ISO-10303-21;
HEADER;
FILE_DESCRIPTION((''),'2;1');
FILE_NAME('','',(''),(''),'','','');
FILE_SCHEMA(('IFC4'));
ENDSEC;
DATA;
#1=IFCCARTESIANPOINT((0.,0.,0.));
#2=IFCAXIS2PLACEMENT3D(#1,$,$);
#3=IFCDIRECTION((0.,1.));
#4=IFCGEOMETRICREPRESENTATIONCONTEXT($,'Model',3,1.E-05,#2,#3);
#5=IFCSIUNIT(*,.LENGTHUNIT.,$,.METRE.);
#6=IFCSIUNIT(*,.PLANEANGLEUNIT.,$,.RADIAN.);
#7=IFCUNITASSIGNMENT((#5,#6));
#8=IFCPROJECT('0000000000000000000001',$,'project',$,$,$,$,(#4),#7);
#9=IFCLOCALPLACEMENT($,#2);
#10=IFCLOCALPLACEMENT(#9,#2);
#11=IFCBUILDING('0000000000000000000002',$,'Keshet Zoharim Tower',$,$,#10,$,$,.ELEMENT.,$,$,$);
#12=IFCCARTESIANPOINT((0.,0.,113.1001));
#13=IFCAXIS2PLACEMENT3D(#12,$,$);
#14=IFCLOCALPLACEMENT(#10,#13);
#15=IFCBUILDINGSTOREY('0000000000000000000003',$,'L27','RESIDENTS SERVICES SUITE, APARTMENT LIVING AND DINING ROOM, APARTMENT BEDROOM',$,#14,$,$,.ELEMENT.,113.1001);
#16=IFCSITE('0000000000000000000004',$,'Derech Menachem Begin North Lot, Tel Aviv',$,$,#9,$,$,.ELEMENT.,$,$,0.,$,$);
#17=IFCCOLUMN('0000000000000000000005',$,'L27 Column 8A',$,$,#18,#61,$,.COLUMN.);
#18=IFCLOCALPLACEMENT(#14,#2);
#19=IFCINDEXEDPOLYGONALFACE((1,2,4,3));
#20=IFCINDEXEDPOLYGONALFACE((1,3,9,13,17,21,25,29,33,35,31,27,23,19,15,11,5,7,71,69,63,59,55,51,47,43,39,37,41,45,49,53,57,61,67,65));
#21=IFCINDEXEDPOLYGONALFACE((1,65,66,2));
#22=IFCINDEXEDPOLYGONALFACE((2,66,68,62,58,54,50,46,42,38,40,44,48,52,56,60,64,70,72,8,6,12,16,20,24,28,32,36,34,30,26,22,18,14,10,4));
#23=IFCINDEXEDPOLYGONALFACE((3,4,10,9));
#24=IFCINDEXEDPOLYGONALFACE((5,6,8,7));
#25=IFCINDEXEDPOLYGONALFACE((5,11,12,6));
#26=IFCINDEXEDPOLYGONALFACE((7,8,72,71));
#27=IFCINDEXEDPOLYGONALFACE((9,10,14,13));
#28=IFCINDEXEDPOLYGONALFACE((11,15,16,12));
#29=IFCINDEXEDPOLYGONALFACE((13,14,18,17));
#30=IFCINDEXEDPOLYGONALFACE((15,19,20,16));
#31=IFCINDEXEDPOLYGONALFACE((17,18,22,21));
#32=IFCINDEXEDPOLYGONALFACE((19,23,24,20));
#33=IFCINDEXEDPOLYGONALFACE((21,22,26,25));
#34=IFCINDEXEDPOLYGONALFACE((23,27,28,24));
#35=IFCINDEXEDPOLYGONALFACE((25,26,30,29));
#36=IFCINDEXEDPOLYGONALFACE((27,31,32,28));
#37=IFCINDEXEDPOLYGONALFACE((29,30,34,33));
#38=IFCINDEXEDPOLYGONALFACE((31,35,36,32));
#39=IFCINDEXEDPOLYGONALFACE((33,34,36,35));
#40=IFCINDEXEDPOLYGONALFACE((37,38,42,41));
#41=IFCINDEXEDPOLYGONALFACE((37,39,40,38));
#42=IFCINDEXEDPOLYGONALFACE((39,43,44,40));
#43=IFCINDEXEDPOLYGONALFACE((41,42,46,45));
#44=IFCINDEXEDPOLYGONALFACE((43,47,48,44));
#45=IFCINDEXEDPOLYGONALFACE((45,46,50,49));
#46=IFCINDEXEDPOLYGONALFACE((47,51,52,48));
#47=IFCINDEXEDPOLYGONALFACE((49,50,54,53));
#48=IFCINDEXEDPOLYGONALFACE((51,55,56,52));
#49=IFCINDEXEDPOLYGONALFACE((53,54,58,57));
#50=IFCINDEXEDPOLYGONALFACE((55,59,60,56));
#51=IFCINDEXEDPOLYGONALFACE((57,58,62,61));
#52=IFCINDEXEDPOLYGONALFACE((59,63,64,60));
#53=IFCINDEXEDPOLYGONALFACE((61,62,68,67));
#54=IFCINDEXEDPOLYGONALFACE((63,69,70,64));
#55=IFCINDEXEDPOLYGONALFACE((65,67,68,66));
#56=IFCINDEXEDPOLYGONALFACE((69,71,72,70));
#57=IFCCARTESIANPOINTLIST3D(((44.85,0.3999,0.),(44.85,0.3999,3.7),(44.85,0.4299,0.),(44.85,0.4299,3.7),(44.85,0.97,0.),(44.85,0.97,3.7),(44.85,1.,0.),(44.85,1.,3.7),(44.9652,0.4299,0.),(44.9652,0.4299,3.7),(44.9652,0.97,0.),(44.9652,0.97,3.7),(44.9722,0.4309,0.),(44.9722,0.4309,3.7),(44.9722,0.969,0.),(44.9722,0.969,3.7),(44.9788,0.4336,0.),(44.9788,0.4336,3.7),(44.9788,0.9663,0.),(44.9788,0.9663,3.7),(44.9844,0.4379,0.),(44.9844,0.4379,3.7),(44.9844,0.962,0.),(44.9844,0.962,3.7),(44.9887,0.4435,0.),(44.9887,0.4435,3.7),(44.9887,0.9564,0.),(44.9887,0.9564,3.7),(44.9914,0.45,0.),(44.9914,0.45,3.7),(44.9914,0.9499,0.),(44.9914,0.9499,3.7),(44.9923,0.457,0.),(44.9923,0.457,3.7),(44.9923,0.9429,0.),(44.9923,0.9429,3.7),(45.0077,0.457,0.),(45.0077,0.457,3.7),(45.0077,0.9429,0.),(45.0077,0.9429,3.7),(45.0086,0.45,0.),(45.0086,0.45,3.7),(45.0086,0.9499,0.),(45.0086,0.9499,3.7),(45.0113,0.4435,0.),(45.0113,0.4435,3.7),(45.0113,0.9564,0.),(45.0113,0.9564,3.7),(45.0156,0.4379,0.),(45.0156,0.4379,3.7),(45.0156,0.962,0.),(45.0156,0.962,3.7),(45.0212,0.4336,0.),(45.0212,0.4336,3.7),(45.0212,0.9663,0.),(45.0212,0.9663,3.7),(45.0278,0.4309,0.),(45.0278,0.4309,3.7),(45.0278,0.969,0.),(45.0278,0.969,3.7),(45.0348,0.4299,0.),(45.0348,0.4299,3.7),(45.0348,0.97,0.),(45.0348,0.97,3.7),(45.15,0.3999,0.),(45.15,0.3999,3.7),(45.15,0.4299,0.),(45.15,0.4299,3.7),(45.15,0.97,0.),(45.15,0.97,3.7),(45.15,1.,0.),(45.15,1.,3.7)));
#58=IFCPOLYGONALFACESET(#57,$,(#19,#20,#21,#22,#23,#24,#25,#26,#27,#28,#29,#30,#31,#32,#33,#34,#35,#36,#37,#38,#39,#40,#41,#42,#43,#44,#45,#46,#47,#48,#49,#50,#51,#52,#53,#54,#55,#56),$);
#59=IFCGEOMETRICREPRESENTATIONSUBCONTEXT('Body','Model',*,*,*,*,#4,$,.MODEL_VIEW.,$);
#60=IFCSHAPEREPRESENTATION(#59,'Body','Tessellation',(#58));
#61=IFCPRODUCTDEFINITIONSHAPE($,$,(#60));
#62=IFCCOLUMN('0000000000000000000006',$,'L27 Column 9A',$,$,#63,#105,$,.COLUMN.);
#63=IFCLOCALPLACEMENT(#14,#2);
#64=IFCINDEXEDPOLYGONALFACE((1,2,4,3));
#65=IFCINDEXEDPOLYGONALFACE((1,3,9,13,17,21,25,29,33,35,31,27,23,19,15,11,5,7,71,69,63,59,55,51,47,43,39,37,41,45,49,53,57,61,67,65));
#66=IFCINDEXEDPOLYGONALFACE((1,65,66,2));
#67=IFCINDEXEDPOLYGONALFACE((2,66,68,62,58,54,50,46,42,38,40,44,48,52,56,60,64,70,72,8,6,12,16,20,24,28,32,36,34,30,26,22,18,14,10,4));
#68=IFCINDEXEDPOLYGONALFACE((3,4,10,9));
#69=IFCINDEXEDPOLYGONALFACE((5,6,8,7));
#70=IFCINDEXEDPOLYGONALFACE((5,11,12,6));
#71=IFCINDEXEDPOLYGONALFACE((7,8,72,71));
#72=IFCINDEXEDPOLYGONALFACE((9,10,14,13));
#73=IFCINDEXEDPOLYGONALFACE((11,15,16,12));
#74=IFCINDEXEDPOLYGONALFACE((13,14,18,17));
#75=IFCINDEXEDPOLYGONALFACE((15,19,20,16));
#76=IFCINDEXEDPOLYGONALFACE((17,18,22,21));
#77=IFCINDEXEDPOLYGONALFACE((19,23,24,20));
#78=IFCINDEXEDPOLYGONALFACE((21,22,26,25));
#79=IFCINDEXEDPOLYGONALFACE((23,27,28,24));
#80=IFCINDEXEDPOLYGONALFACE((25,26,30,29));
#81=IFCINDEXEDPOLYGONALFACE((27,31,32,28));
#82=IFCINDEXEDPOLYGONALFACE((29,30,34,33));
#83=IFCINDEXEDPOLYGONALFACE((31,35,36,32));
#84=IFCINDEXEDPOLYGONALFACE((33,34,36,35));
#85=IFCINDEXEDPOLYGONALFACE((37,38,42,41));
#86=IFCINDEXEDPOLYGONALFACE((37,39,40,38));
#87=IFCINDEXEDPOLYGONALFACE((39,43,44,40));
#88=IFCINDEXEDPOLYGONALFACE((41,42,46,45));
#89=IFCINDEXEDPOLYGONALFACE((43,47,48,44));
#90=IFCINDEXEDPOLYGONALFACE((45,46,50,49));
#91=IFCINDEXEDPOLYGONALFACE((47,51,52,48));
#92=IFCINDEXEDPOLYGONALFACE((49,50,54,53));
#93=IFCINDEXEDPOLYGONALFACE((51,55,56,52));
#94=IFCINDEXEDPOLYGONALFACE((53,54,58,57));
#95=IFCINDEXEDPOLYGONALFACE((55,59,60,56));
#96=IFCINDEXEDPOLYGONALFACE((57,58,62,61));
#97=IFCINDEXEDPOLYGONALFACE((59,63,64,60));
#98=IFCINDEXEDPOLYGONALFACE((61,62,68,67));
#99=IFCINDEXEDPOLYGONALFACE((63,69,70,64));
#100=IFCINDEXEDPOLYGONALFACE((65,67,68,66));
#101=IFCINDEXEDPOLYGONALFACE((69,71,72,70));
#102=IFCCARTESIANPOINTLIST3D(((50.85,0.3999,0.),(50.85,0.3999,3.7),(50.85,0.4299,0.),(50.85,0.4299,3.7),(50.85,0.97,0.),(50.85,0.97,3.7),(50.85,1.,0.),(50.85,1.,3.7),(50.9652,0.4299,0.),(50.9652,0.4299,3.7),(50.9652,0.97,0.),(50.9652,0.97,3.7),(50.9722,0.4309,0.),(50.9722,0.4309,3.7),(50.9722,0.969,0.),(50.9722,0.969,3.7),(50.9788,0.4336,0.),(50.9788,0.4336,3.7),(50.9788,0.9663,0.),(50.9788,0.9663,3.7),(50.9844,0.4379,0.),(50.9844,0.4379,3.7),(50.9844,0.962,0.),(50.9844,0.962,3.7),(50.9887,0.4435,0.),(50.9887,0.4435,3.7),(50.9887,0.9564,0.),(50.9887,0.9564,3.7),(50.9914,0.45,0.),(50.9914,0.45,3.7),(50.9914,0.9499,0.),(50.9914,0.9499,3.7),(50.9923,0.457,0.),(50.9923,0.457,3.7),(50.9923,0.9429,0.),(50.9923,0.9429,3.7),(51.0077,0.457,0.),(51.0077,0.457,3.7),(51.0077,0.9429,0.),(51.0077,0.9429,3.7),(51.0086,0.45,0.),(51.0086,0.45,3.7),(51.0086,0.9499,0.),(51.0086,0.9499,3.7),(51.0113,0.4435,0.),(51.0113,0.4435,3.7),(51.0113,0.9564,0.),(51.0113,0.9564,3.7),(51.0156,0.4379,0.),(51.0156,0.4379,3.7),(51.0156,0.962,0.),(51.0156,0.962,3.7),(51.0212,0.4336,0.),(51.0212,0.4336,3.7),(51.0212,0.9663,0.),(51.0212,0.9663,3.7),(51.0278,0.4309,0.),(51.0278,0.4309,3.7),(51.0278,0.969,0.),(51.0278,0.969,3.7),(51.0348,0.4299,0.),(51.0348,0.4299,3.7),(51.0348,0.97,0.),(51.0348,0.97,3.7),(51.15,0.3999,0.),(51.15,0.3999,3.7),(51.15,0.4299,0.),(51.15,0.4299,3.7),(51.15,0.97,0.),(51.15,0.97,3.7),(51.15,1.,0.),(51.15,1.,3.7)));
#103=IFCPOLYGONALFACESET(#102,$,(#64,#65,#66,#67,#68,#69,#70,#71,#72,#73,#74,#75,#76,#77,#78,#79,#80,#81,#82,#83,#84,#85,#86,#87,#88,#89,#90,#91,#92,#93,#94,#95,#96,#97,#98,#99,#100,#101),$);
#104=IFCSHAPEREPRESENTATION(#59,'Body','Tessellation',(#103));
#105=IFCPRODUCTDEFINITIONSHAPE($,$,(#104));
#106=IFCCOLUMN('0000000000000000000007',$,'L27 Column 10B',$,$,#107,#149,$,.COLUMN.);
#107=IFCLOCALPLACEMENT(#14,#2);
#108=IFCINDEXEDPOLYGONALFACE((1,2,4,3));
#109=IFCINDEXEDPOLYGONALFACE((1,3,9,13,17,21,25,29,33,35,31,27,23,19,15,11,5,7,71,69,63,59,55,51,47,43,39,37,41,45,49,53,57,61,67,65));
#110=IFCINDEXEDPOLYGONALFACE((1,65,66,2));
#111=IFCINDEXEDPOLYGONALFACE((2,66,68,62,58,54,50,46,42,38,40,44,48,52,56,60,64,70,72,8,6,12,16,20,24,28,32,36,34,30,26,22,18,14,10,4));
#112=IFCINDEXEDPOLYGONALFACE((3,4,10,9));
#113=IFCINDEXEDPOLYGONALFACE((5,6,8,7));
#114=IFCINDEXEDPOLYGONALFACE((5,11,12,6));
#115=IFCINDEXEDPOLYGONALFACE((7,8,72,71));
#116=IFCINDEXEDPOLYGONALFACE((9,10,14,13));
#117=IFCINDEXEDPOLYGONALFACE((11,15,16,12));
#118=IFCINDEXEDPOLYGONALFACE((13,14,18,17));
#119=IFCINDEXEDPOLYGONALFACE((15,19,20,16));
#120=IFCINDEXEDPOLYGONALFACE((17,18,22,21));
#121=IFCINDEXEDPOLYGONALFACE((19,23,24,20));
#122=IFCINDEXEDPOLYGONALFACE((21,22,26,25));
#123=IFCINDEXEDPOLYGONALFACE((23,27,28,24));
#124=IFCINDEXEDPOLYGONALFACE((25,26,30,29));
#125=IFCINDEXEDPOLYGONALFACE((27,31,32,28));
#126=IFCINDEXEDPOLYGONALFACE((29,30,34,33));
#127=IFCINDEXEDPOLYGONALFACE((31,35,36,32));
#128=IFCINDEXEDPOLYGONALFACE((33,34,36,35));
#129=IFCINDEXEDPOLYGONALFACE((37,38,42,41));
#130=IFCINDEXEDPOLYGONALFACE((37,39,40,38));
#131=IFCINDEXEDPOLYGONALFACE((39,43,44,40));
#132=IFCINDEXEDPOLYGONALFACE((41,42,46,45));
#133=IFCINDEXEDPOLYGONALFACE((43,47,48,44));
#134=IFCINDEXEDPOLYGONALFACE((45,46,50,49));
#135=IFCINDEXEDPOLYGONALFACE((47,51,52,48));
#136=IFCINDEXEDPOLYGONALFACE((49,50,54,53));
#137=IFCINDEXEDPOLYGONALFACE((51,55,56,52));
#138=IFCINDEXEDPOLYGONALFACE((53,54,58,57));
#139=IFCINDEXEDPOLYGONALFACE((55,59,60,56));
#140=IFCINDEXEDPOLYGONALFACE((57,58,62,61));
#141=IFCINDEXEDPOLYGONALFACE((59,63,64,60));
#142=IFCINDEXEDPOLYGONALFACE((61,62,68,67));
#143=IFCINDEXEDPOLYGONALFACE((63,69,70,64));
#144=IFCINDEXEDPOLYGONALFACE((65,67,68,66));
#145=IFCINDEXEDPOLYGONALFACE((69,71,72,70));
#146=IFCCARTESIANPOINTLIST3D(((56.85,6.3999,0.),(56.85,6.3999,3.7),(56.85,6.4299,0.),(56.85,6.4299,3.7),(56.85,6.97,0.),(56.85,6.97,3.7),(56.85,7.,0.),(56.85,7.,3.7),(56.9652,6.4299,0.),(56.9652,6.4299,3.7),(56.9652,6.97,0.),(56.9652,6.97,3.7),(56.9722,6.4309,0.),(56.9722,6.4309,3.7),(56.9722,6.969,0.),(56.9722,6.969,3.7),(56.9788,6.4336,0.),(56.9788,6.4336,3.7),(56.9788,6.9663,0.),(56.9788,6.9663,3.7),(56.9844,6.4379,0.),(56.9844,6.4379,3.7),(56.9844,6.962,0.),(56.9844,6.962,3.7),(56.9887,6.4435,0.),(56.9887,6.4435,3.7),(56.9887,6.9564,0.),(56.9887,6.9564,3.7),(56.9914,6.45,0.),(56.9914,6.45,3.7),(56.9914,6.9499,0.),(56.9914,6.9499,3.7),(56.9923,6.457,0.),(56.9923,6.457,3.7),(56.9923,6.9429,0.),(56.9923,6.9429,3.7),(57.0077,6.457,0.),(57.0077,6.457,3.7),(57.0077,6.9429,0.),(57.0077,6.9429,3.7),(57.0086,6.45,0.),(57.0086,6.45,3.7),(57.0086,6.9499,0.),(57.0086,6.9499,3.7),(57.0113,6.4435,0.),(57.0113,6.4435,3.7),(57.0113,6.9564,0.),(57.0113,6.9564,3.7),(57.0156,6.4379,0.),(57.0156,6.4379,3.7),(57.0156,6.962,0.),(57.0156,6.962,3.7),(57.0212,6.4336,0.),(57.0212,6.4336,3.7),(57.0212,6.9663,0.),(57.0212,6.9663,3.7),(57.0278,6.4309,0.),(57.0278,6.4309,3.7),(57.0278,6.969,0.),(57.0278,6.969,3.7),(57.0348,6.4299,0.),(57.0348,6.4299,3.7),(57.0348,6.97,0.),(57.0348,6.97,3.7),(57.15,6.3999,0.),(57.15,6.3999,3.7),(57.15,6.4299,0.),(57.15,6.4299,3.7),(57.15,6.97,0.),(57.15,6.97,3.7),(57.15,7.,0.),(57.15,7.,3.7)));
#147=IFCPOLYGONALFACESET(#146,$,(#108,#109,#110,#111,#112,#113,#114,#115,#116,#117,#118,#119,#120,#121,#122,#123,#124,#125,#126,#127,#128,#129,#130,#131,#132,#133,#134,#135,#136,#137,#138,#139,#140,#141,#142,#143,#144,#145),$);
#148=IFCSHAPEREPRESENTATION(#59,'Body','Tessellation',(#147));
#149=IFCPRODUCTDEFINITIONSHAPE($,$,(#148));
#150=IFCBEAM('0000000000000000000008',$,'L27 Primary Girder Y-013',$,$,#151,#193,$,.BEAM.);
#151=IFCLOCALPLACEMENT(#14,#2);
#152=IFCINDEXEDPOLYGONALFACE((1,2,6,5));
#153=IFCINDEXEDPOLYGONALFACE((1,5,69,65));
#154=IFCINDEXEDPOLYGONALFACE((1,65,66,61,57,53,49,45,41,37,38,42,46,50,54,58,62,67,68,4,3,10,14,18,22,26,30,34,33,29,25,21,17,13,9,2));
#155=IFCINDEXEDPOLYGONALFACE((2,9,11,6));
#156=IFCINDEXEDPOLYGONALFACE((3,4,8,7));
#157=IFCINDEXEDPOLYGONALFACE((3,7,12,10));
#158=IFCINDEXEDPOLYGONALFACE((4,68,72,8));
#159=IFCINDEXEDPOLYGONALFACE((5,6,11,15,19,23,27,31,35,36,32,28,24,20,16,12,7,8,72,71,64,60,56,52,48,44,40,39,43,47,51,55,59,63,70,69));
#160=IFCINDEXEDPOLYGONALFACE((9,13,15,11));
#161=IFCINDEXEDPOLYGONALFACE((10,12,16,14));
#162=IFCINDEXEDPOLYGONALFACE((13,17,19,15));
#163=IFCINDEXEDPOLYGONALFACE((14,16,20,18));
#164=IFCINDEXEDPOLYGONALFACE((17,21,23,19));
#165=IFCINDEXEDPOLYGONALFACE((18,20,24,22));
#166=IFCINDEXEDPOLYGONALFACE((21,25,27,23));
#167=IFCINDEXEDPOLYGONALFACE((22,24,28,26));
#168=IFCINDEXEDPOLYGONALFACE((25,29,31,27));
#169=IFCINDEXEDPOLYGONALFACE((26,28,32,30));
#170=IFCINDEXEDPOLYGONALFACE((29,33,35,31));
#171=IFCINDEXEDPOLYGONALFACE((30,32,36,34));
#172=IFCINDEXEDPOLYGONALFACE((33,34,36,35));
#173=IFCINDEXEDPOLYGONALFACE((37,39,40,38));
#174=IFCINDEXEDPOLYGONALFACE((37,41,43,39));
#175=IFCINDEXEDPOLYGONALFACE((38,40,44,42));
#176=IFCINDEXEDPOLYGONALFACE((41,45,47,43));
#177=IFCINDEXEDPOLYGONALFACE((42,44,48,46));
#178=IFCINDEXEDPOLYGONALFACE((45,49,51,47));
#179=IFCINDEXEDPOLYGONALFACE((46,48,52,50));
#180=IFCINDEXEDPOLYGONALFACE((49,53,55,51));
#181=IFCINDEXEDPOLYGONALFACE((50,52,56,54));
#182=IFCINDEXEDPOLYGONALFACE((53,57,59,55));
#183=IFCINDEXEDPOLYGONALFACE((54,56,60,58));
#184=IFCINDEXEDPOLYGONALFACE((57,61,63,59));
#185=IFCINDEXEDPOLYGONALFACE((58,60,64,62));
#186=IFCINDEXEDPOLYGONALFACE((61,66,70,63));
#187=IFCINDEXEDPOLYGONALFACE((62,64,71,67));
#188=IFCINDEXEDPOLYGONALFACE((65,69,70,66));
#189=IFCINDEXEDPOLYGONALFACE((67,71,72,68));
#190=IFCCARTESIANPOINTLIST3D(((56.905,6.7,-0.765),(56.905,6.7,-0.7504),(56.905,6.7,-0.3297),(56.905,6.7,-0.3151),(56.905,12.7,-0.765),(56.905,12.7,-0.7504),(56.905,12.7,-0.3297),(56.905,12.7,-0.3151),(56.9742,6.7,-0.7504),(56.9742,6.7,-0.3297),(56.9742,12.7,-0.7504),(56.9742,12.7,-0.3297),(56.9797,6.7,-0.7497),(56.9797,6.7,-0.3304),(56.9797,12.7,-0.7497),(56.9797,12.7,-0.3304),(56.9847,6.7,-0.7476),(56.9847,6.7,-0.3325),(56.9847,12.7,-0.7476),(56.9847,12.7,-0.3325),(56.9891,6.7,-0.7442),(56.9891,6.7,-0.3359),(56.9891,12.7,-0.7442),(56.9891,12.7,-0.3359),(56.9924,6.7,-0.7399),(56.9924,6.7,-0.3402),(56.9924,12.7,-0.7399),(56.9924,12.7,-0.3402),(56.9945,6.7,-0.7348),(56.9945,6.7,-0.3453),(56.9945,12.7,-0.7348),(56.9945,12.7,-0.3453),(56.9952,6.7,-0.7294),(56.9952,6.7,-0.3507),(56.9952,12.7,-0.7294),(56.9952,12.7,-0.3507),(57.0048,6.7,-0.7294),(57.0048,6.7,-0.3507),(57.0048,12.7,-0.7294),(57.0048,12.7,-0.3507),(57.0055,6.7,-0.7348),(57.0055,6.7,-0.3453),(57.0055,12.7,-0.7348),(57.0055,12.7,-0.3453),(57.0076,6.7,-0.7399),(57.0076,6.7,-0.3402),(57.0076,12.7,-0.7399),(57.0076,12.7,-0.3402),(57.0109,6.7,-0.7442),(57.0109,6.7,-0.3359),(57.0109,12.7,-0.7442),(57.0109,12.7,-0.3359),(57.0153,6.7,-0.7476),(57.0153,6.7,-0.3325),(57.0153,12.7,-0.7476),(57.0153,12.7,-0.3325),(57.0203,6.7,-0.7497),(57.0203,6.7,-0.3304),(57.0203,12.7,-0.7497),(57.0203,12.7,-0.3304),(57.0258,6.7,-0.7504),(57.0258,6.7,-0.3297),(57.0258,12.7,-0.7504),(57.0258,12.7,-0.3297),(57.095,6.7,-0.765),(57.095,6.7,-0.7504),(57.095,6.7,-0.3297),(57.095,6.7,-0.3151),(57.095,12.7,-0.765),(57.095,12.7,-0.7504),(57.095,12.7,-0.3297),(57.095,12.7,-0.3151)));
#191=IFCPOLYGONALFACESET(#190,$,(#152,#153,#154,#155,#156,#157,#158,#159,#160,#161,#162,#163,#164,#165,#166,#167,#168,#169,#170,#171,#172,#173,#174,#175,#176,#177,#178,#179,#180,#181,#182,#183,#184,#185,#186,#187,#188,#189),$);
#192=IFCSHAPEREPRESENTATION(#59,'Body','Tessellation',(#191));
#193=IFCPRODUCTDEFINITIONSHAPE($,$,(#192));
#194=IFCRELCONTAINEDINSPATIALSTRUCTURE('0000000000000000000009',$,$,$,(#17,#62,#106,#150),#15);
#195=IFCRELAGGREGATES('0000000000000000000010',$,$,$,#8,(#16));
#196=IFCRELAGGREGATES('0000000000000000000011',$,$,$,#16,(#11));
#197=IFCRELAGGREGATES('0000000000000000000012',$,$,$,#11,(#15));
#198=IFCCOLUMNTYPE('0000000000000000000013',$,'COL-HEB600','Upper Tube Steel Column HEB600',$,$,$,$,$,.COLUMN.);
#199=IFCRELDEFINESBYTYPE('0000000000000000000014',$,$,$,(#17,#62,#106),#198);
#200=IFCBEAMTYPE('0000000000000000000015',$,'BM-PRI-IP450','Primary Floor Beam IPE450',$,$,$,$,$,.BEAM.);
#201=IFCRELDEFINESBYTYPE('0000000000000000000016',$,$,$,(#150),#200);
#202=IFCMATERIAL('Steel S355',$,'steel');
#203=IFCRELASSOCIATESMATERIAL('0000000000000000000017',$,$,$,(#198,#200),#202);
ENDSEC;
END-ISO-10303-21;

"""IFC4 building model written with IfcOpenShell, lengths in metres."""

from ifc_helpers import new_model, si_unit, direction, frame, origin, origin_2d, place, context, subcontext, project, spatial, i_section, extrude, material, material_profile, profile_set, type_object, element, save


model = new_model("IFC4")

# Units and contexts
model_context = context("Model", 3, precision=1e-05, world=origin(), true_north=direction((0.0, 1.0)))
body_context = subcontext(model_context, "Body", "Model", "MODEL_VIEW")
ifc_project = project(units=[si_unit("LENGTHUNIT", "METRE"), si_unit("PLANEANGLEUNIT", "RADIAN")], contexts=[model_context])

# Site, building, storey
site_placement = place(None, origin())
site = spatial("IfcSite", under=ifc_project, at=site_placement, Name="Derech Menachem Begin North Lot, Tel Aviv", CompositionType="ELEMENT", RefElevation=0.0)
building_placement = place(site_placement, origin())
building = spatial("IfcBuilding", under=site, at=building_placement, Name="Keshet Zoharim Tower", CompositionType="ELEMENT")
storey_placement = place(building_placement, frame((0.0, 0.0, 113.1001)))
storey = spatial("IfcBuildingStorey", under=building, at=storey_placement, Name="L27", Description="RESIDENTS SERVICES SUITE, APARTMENT LIVING AND DINING ROOM, APARTMENT BEDROOM", CompositionType="ELEMENT", Elevation=113.1001)

# Columns
ifc_material_1 = material(Name="Steel S355", Category="steel")
ifc_material_profile_1 = material_profile(ifc_material_1, i_section(OverallWidth=0.3, OverallDepth=0.6001, WebThickness=0.0154, FlangeThickness=0.03, FilletRadius=0.0271, at=origin_2d()), Name="HEB600")
ifc_profile_set_1 = profile_set([ifc_material_profile_1], Name="Steel S355")
column_type = type_object("IfcColumnType", Name="COL-HEB600", Description="Upper Tube Steel Column HEB600", PredefinedType="COLUMN", material=ifc_profile_set_1)
for number, where, z_axis, x_axis, name in (
    (1, (45.0, 0.7, 0.0), (0.0, 0.0, 1.0), (1.0, 0.0, 0.0), "L27 Column 8A"),
    (2, (51.0, 0.7, 0.0), (0.0, 0.0, 1.0), (1.0, 0.0, 0.0), "L27 Column 9A"),
    (3, (57.0, 6.7, 0.0), (0.0, 0.0, 1.0), (1.0, 0.0, 0.0), "L27 Column 10B"),
):
    element("IfcColumn", number, at=place(storey_placement, frame(where, z_axis=z_axis, x_axis=x_axis)), inside=storey, type_object=column_type, Name=name, PredefinedType="COLUMN", context=body_context, shape_type="SweptSolid", body=[
        extrude(i_section(OverallWidth=0.3, OverallDepth=0.6001, WebThickness=0.0154, FlangeThickness=0.03, FilletRadius=0.0271, at=origin_2d()), origin(), (0.0, 0.0, 1.0), 3.7),
    ])

# Beam
ifc_material_profile_2 = material_profile(ifc_material_1, i_section(OverallWidth=0.1899, OverallDepth=0.45, WebThickness=0.0095, FlangeThickness=0.0146, FilletRadius=0.021, at=origin_2d()), Name="IPE450")
ifc_profile_set_2 = profile_set([ifc_material_profile_2], Name="Steel S355")
beam_type_1 = type_object("IfcBeamType", Name="BM-PRI-IP450", Description="Primary Floor Beam IPE450", PredefinedType="BEAM", material=ifc_profile_set_2)
beam_1_placement = place(storey_placement, frame((57.0, 6.7, -0.54), z_axis=(0.0, 1.0, 0.0), x_axis=(-1.0, 0.0, 0.0)))
element("IfcBeam", 4, at=beam_1_placement, inside=storey, type_object=beam_type_1, Name="L27 Primary Girder Y-013", PredefinedType="BEAM", context=body_context, shape_type="SweptSolid", body=[
    extrude(i_section(OverallWidth=0.1899, OverallDepth=0.45, WebThickness=0.0095, FlangeThickness=0.0146, FilletRadius=0.021, at=origin_2d()), origin(), (0.0, 0.0, 1.0), 6.0),
])

save(model, "model.ifc")
